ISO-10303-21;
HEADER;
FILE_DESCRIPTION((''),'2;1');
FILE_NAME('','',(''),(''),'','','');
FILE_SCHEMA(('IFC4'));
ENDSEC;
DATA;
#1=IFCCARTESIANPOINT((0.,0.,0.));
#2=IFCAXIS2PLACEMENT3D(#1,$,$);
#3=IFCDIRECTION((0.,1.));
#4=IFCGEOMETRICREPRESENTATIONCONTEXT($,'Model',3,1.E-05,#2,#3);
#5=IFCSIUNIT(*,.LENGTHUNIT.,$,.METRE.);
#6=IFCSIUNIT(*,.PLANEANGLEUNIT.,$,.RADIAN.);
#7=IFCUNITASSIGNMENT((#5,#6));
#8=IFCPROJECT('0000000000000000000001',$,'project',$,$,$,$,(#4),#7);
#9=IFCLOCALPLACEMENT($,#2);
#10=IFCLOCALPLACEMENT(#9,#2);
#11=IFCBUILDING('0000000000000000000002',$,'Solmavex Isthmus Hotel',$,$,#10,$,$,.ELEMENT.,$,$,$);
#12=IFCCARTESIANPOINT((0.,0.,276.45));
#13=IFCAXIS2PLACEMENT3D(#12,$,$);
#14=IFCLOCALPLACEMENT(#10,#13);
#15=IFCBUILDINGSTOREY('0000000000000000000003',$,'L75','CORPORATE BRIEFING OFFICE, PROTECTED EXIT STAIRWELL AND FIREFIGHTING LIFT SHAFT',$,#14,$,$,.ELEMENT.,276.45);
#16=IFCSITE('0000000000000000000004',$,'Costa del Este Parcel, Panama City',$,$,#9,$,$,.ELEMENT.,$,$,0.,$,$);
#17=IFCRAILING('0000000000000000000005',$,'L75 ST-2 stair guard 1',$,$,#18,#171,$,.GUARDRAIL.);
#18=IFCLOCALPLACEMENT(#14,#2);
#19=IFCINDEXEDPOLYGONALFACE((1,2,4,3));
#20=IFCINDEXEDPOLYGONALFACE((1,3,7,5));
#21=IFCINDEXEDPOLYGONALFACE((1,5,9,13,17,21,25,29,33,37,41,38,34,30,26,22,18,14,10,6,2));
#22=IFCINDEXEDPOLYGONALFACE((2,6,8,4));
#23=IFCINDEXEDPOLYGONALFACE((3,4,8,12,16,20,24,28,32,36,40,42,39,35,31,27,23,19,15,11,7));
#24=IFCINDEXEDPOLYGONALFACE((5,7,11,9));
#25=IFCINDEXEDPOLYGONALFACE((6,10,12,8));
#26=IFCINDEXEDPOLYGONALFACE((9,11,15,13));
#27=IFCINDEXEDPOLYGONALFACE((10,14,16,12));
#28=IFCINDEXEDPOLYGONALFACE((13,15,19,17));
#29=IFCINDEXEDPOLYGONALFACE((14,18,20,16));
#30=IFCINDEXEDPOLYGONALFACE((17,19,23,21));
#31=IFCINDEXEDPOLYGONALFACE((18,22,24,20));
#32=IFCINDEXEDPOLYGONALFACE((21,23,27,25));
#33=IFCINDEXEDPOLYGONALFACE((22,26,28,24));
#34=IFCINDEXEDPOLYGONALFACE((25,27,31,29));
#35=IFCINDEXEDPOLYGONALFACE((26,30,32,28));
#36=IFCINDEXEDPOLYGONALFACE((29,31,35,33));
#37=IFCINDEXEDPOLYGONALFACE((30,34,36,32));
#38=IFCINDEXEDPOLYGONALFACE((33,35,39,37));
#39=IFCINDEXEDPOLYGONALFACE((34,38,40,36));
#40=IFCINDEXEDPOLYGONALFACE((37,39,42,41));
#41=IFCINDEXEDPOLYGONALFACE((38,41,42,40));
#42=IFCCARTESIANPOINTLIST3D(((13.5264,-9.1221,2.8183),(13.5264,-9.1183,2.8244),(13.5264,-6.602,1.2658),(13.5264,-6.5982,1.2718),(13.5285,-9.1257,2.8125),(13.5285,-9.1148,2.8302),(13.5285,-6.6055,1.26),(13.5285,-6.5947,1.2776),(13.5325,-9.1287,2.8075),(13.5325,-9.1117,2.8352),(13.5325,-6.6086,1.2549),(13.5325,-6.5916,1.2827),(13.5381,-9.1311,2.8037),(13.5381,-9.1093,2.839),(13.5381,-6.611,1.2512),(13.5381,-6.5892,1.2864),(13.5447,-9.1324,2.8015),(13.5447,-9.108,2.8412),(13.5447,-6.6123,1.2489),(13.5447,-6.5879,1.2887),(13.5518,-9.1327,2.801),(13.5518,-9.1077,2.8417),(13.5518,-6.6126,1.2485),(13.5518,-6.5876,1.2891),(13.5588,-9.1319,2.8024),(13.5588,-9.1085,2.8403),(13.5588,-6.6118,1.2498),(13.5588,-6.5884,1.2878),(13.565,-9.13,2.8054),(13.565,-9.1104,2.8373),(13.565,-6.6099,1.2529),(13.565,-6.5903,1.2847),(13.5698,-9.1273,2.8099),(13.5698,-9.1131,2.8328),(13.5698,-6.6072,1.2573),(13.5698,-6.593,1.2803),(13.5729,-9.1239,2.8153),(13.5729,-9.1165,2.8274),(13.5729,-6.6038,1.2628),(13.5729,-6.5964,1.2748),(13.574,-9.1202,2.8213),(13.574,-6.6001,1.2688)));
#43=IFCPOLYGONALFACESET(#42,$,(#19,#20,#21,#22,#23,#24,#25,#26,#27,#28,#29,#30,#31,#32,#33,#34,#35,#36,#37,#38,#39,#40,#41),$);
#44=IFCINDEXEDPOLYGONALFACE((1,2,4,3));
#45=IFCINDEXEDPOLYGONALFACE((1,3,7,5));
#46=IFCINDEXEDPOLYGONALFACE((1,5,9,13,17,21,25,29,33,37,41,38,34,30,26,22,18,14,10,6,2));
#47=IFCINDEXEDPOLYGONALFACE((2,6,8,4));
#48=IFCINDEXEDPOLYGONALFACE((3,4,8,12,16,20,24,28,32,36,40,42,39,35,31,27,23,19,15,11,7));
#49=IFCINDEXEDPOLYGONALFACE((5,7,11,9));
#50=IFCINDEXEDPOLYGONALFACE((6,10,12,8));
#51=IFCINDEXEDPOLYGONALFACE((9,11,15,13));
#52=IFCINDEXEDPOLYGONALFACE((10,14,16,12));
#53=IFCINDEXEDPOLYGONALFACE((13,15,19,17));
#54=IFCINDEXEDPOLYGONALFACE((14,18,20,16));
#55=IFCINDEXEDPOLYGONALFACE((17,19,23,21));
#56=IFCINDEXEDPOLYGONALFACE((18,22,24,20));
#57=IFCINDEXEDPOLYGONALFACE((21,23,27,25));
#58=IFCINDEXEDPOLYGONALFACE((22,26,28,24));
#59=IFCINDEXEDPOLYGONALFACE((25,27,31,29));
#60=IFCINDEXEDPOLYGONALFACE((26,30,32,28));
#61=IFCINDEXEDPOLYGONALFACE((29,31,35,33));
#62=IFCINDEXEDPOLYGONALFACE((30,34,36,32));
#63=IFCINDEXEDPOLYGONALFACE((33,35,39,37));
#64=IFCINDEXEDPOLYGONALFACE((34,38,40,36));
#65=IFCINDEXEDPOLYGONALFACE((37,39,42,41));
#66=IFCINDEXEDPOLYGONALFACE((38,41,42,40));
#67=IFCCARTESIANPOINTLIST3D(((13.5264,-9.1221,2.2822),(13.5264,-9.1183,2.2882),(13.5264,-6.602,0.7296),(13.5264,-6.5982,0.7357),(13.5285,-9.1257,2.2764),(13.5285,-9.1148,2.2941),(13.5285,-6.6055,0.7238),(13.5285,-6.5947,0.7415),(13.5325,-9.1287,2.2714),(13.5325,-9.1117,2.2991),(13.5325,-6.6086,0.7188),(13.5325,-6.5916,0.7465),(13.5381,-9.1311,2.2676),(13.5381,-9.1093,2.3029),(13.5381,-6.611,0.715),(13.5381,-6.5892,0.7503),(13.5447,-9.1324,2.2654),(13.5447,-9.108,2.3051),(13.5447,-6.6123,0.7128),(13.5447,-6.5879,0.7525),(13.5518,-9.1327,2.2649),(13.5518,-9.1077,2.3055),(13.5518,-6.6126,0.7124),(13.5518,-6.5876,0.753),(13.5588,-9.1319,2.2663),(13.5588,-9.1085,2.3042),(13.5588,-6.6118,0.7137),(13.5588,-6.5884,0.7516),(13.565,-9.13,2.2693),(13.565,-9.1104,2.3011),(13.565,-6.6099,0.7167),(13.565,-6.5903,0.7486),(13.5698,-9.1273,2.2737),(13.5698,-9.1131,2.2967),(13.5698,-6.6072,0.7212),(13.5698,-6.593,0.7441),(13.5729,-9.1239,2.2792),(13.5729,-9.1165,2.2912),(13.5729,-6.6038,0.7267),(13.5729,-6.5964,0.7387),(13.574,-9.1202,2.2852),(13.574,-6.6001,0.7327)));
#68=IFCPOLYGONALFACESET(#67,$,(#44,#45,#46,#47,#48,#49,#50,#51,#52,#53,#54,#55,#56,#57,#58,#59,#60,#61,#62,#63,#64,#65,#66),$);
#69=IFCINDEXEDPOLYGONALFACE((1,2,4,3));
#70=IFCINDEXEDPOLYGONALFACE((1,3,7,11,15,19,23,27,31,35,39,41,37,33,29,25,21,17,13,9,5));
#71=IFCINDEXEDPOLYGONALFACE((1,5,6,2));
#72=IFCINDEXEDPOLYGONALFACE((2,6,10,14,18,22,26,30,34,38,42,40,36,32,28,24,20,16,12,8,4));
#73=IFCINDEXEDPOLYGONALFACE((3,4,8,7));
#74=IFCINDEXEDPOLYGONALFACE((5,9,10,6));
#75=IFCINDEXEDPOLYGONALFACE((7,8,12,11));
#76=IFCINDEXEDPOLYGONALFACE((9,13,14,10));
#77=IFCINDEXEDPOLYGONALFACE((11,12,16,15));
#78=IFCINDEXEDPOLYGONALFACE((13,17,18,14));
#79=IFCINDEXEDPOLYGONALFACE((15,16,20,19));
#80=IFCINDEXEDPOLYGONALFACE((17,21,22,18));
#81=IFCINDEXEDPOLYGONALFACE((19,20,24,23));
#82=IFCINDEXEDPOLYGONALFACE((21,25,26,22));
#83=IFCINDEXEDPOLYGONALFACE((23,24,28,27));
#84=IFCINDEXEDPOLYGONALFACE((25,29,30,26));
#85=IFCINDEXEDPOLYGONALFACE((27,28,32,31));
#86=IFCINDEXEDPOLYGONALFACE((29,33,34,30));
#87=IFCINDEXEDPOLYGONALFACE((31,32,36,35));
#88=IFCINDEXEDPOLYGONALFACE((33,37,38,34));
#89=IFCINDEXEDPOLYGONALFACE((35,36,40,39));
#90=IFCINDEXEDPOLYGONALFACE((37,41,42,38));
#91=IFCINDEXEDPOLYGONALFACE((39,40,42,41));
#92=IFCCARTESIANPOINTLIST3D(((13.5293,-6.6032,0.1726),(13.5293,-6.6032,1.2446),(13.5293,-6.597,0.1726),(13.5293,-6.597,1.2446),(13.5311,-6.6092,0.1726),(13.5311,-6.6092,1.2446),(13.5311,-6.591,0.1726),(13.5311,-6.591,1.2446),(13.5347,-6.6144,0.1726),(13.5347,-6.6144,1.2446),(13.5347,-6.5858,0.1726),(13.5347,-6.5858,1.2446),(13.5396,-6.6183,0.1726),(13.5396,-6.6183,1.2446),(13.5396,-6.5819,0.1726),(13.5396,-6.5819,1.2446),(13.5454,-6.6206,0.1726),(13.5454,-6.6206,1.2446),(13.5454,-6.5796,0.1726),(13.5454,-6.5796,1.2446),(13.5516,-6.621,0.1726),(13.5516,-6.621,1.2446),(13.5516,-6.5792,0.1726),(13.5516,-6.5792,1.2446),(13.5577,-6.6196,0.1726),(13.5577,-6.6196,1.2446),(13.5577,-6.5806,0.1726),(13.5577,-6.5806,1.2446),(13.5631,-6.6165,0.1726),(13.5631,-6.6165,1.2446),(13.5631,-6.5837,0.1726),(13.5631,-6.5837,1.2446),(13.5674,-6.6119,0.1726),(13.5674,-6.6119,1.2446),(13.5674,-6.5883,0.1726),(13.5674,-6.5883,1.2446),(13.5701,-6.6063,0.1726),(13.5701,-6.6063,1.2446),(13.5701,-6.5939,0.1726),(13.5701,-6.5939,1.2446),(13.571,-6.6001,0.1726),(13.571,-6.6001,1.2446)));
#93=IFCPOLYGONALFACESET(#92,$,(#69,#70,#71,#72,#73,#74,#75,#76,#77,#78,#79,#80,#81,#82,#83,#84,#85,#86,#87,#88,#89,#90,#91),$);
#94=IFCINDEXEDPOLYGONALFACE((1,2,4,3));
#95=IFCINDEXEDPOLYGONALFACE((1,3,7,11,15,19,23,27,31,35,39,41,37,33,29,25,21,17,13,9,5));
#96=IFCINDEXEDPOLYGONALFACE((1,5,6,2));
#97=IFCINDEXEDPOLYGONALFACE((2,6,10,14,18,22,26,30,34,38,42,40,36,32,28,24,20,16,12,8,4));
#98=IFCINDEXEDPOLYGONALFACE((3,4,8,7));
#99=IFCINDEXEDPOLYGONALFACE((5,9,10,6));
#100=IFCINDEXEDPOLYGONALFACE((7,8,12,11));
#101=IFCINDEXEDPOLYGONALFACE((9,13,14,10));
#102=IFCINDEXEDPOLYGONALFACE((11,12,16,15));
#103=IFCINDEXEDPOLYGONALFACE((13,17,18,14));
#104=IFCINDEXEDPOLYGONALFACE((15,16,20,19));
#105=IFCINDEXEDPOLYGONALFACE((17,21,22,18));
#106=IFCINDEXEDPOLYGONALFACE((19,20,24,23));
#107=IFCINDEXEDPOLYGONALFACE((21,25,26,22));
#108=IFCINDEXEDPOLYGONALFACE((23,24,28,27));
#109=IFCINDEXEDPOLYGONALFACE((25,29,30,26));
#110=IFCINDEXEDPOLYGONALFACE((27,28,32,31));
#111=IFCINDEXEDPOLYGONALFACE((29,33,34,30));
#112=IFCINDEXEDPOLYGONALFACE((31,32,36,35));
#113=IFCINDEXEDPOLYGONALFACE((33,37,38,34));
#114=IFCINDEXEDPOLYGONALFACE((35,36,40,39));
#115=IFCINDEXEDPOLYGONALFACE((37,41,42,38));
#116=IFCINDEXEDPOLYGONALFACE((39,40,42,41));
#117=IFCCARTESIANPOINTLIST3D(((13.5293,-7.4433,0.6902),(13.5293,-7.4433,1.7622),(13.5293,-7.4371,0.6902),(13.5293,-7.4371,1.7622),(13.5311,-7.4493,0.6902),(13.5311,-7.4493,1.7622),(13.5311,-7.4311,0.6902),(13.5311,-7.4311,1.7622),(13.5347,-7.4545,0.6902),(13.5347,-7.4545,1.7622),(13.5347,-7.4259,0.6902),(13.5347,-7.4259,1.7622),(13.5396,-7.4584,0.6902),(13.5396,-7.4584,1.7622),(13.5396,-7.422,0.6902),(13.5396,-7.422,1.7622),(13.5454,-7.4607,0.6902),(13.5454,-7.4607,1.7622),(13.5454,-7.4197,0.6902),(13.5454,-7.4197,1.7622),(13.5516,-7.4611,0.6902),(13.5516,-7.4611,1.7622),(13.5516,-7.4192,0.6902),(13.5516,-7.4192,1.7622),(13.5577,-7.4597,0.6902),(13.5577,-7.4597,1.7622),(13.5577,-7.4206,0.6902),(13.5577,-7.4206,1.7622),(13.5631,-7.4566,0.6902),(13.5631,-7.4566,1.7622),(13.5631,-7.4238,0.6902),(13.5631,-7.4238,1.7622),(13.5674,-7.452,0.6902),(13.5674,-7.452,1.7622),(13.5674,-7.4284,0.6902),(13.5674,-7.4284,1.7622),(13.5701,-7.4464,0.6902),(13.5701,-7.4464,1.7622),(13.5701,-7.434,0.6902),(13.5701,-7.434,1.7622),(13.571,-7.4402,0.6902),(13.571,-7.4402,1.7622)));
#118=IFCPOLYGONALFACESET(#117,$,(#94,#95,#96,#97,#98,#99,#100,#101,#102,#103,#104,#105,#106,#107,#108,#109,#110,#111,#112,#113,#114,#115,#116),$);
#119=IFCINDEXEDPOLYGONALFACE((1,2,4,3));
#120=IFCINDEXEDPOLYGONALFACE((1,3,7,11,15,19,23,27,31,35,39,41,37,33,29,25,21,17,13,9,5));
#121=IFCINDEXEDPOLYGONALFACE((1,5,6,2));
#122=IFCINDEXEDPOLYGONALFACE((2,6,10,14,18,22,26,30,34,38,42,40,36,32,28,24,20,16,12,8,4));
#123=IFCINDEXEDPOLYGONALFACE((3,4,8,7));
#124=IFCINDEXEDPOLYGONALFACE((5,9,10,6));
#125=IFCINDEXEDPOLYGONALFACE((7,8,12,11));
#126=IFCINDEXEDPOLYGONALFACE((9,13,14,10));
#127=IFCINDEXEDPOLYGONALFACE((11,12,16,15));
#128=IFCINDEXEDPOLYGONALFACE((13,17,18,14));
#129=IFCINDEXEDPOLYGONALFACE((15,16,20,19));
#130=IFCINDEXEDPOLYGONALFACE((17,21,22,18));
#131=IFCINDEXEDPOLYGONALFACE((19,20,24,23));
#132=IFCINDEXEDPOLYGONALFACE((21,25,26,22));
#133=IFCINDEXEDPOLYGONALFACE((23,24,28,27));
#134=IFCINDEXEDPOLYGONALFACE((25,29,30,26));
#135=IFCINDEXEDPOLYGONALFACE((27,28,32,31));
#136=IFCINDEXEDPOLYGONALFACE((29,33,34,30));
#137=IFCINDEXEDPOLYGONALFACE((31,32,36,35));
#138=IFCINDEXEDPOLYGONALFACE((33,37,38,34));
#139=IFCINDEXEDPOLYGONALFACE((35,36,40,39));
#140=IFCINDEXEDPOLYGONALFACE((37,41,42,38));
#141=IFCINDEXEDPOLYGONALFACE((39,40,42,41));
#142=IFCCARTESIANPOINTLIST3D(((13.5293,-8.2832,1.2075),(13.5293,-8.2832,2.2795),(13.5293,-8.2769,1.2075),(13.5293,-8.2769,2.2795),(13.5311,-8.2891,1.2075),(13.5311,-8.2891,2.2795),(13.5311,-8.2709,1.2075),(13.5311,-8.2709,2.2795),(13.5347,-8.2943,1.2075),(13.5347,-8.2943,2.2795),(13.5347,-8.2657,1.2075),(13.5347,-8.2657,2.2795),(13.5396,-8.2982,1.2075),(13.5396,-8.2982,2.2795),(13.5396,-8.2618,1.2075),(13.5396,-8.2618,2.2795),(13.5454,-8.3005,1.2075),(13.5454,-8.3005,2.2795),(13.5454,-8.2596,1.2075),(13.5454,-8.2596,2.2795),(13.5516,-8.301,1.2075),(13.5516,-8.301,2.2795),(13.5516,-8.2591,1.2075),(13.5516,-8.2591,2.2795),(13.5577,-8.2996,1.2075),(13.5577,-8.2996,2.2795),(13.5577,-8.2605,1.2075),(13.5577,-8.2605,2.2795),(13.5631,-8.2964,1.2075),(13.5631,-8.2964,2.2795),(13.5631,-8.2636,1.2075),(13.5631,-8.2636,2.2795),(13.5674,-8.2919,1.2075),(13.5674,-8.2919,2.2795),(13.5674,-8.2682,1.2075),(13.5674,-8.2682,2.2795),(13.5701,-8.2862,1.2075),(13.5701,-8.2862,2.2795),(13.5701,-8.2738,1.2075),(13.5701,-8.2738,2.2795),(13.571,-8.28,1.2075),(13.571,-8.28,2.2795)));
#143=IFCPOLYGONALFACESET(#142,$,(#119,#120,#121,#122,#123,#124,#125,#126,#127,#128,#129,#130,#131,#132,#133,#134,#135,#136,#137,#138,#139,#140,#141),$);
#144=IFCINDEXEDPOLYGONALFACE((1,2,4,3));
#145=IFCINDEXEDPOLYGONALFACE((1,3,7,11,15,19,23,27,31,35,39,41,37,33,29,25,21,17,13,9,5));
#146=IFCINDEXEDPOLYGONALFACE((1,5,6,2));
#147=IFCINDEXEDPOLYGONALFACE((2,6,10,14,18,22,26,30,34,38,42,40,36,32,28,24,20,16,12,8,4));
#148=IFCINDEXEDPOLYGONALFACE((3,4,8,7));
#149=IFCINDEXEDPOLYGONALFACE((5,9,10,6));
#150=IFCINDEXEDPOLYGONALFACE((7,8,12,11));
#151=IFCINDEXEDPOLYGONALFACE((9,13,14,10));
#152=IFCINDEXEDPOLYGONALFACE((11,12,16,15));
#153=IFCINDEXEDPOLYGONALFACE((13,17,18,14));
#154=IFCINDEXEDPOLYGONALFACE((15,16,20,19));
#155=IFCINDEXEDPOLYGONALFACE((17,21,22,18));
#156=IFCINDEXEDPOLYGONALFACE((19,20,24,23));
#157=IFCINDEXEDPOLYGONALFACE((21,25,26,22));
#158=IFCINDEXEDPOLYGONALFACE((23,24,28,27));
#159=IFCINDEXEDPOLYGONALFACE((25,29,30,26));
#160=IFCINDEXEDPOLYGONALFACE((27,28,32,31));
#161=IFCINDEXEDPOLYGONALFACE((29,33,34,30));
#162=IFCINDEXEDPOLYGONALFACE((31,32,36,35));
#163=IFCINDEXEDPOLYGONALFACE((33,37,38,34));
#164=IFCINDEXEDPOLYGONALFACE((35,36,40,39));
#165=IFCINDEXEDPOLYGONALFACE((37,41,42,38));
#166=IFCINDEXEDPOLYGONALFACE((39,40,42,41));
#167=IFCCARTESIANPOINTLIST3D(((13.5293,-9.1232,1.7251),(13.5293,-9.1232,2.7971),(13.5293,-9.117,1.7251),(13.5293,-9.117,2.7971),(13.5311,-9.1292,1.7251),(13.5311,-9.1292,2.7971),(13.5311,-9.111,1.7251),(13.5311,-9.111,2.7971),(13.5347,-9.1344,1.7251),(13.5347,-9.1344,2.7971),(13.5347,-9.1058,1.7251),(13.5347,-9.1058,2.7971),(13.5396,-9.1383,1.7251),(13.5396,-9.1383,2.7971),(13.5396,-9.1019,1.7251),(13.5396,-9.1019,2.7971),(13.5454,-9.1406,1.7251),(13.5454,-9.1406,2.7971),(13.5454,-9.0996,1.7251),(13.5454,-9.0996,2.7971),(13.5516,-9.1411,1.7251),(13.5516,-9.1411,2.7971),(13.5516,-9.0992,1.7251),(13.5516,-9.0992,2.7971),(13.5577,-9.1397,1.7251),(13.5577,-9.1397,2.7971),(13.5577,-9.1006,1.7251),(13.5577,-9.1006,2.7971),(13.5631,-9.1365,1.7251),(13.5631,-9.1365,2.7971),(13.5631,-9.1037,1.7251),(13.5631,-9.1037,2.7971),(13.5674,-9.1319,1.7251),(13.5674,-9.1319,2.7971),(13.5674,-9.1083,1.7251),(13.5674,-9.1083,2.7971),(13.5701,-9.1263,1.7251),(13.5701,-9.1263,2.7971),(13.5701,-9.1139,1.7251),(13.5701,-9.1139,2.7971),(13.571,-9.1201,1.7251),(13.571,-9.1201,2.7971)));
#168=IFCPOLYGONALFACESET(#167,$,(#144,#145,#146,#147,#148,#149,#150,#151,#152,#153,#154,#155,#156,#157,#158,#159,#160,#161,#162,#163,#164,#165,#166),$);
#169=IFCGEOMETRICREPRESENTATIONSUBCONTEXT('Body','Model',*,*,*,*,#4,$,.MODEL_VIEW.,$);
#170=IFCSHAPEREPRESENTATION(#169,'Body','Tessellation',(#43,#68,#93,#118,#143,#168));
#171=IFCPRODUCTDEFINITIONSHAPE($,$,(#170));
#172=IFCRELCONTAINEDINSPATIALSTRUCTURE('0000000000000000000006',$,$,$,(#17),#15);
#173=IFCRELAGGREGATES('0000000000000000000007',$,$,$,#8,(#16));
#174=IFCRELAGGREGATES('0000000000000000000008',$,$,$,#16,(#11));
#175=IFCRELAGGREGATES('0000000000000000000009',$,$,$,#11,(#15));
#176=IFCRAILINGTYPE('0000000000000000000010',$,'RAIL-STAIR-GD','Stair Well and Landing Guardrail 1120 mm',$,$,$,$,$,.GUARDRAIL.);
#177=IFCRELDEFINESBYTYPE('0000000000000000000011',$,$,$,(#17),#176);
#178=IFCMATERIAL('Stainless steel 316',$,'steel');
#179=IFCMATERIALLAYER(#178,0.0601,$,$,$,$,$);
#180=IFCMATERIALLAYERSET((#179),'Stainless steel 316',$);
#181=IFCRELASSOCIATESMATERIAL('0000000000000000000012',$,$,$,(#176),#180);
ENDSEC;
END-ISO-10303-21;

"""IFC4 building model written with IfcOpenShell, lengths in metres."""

from ifc_helpers import new_model, si_unit, direction, frame, origin, origin_2d, place, context, subcontext, project, spatial, circle, extrude, material, layer, layer_set, type_object, element, save


model = new_model("IFC4")

# Units and contexts
model_context = context("Model", 3, precision=1e-05, world=origin(), true_north=direction((0.0, 1.0)))
body_context = subcontext(model_context, "Body", "Model", "MODEL_VIEW")
ifc_project = project(units=[si_unit("LENGTHUNIT", "METRE"), si_unit("PLANEANGLEUNIT", "RADIAN")], contexts=[model_context])

# Site, building, storey
site_placement = place(None, origin())
site = spatial("IfcSite", under=ifc_project, at=site_placement, Name="Costa del Este Parcel, Panama City", CompositionType="ELEMENT", RefElevation=0.0)
building_placement = place(site_placement, origin())
building = spatial("IfcBuilding", under=site, at=building_placement, Name="Solmavex Isthmus Hotel", CompositionType="ELEMENT")
storey_placement = place(building_placement, frame((0.0, 0.0, 276.45)))
storey = spatial("IfcBuildingStorey", under=building, at=storey_placement, Name="L75", Description="CORPORATE BRIEFING OFFICE, PROTECTED EXIT STAIRWELL AND FIREFIGHTING LIFT SHAFT", CompositionType="ELEMENT", Elevation=276.45)

# Shared definitions
ifc_material_1 = material(Name="Stainless steel 316", Category="steel")

# Railing
ifc_layer_1 = layer(ifc_material_1, 0.0601)
ifc_layer_set_1 = layer_set([ifc_layer_1], Name="Stainless steel 316")
railing_type_1 = type_object("IfcRailingType", Name="RAIL-STAIR-GD", Description="Stair Well and Landing Guardrail 1120 mm", PredefinedType="GUARDRAIL", material=ifc_layer_set_1)
railing_1_placement = place(storey_placement, frame((13.55, -6.6001, 0.1726)))
element("IfcRailing", 1, at=railing_1_placement, inside=storey, type_object=railing_type_1, Name="L75 ST-2 stair guard 1", PredefinedType="GUARDRAIL", context=body_context, shape_type="SweptSolid", body=[
    extrude(circle(Radius=0.0239, at=origin_2d()), frame((0.0, 0.0, 1.0962), z_axis=(0.0, -0.8514, 0.524516), x_axis=(1.0, 0.0, 0.0)), (0.0, 0.0, 1.0), 2.96),
    extrude(circle(Radius=0.0239, at=origin_2d()), frame((0.0, 0.0, 0.5601), z_axis=(0.0, -0.8514, 0.524516), x_axis=(1.0, 0.0, 0.0)), (0.0, 0.0, 1.0), 2.96),
    extrude(circle(Radius=0.021, at=origin_2d()), origin(), (0.0, 0.0, 1.0), 1.072),
    extrude(circle(Radius=0.021, at=origin_2d()), frame((0.0, -0.8401, 0.5176)), (0.0, 0.0, 1.0), 1.072),
    extrude(circle(Radius=0.021, at=origin_2d()), frame((0.0, -1.6799, 1.0349)), (0.0, 0.0, 1.0), 1.072),
    extrude(circle(Radius=0.021, at=origin_2d()), frame((0.0, -2.52, 1.5525)), (0.0, 0.0, 1.0), 1.072),
])

save(model, "model.ifc")
